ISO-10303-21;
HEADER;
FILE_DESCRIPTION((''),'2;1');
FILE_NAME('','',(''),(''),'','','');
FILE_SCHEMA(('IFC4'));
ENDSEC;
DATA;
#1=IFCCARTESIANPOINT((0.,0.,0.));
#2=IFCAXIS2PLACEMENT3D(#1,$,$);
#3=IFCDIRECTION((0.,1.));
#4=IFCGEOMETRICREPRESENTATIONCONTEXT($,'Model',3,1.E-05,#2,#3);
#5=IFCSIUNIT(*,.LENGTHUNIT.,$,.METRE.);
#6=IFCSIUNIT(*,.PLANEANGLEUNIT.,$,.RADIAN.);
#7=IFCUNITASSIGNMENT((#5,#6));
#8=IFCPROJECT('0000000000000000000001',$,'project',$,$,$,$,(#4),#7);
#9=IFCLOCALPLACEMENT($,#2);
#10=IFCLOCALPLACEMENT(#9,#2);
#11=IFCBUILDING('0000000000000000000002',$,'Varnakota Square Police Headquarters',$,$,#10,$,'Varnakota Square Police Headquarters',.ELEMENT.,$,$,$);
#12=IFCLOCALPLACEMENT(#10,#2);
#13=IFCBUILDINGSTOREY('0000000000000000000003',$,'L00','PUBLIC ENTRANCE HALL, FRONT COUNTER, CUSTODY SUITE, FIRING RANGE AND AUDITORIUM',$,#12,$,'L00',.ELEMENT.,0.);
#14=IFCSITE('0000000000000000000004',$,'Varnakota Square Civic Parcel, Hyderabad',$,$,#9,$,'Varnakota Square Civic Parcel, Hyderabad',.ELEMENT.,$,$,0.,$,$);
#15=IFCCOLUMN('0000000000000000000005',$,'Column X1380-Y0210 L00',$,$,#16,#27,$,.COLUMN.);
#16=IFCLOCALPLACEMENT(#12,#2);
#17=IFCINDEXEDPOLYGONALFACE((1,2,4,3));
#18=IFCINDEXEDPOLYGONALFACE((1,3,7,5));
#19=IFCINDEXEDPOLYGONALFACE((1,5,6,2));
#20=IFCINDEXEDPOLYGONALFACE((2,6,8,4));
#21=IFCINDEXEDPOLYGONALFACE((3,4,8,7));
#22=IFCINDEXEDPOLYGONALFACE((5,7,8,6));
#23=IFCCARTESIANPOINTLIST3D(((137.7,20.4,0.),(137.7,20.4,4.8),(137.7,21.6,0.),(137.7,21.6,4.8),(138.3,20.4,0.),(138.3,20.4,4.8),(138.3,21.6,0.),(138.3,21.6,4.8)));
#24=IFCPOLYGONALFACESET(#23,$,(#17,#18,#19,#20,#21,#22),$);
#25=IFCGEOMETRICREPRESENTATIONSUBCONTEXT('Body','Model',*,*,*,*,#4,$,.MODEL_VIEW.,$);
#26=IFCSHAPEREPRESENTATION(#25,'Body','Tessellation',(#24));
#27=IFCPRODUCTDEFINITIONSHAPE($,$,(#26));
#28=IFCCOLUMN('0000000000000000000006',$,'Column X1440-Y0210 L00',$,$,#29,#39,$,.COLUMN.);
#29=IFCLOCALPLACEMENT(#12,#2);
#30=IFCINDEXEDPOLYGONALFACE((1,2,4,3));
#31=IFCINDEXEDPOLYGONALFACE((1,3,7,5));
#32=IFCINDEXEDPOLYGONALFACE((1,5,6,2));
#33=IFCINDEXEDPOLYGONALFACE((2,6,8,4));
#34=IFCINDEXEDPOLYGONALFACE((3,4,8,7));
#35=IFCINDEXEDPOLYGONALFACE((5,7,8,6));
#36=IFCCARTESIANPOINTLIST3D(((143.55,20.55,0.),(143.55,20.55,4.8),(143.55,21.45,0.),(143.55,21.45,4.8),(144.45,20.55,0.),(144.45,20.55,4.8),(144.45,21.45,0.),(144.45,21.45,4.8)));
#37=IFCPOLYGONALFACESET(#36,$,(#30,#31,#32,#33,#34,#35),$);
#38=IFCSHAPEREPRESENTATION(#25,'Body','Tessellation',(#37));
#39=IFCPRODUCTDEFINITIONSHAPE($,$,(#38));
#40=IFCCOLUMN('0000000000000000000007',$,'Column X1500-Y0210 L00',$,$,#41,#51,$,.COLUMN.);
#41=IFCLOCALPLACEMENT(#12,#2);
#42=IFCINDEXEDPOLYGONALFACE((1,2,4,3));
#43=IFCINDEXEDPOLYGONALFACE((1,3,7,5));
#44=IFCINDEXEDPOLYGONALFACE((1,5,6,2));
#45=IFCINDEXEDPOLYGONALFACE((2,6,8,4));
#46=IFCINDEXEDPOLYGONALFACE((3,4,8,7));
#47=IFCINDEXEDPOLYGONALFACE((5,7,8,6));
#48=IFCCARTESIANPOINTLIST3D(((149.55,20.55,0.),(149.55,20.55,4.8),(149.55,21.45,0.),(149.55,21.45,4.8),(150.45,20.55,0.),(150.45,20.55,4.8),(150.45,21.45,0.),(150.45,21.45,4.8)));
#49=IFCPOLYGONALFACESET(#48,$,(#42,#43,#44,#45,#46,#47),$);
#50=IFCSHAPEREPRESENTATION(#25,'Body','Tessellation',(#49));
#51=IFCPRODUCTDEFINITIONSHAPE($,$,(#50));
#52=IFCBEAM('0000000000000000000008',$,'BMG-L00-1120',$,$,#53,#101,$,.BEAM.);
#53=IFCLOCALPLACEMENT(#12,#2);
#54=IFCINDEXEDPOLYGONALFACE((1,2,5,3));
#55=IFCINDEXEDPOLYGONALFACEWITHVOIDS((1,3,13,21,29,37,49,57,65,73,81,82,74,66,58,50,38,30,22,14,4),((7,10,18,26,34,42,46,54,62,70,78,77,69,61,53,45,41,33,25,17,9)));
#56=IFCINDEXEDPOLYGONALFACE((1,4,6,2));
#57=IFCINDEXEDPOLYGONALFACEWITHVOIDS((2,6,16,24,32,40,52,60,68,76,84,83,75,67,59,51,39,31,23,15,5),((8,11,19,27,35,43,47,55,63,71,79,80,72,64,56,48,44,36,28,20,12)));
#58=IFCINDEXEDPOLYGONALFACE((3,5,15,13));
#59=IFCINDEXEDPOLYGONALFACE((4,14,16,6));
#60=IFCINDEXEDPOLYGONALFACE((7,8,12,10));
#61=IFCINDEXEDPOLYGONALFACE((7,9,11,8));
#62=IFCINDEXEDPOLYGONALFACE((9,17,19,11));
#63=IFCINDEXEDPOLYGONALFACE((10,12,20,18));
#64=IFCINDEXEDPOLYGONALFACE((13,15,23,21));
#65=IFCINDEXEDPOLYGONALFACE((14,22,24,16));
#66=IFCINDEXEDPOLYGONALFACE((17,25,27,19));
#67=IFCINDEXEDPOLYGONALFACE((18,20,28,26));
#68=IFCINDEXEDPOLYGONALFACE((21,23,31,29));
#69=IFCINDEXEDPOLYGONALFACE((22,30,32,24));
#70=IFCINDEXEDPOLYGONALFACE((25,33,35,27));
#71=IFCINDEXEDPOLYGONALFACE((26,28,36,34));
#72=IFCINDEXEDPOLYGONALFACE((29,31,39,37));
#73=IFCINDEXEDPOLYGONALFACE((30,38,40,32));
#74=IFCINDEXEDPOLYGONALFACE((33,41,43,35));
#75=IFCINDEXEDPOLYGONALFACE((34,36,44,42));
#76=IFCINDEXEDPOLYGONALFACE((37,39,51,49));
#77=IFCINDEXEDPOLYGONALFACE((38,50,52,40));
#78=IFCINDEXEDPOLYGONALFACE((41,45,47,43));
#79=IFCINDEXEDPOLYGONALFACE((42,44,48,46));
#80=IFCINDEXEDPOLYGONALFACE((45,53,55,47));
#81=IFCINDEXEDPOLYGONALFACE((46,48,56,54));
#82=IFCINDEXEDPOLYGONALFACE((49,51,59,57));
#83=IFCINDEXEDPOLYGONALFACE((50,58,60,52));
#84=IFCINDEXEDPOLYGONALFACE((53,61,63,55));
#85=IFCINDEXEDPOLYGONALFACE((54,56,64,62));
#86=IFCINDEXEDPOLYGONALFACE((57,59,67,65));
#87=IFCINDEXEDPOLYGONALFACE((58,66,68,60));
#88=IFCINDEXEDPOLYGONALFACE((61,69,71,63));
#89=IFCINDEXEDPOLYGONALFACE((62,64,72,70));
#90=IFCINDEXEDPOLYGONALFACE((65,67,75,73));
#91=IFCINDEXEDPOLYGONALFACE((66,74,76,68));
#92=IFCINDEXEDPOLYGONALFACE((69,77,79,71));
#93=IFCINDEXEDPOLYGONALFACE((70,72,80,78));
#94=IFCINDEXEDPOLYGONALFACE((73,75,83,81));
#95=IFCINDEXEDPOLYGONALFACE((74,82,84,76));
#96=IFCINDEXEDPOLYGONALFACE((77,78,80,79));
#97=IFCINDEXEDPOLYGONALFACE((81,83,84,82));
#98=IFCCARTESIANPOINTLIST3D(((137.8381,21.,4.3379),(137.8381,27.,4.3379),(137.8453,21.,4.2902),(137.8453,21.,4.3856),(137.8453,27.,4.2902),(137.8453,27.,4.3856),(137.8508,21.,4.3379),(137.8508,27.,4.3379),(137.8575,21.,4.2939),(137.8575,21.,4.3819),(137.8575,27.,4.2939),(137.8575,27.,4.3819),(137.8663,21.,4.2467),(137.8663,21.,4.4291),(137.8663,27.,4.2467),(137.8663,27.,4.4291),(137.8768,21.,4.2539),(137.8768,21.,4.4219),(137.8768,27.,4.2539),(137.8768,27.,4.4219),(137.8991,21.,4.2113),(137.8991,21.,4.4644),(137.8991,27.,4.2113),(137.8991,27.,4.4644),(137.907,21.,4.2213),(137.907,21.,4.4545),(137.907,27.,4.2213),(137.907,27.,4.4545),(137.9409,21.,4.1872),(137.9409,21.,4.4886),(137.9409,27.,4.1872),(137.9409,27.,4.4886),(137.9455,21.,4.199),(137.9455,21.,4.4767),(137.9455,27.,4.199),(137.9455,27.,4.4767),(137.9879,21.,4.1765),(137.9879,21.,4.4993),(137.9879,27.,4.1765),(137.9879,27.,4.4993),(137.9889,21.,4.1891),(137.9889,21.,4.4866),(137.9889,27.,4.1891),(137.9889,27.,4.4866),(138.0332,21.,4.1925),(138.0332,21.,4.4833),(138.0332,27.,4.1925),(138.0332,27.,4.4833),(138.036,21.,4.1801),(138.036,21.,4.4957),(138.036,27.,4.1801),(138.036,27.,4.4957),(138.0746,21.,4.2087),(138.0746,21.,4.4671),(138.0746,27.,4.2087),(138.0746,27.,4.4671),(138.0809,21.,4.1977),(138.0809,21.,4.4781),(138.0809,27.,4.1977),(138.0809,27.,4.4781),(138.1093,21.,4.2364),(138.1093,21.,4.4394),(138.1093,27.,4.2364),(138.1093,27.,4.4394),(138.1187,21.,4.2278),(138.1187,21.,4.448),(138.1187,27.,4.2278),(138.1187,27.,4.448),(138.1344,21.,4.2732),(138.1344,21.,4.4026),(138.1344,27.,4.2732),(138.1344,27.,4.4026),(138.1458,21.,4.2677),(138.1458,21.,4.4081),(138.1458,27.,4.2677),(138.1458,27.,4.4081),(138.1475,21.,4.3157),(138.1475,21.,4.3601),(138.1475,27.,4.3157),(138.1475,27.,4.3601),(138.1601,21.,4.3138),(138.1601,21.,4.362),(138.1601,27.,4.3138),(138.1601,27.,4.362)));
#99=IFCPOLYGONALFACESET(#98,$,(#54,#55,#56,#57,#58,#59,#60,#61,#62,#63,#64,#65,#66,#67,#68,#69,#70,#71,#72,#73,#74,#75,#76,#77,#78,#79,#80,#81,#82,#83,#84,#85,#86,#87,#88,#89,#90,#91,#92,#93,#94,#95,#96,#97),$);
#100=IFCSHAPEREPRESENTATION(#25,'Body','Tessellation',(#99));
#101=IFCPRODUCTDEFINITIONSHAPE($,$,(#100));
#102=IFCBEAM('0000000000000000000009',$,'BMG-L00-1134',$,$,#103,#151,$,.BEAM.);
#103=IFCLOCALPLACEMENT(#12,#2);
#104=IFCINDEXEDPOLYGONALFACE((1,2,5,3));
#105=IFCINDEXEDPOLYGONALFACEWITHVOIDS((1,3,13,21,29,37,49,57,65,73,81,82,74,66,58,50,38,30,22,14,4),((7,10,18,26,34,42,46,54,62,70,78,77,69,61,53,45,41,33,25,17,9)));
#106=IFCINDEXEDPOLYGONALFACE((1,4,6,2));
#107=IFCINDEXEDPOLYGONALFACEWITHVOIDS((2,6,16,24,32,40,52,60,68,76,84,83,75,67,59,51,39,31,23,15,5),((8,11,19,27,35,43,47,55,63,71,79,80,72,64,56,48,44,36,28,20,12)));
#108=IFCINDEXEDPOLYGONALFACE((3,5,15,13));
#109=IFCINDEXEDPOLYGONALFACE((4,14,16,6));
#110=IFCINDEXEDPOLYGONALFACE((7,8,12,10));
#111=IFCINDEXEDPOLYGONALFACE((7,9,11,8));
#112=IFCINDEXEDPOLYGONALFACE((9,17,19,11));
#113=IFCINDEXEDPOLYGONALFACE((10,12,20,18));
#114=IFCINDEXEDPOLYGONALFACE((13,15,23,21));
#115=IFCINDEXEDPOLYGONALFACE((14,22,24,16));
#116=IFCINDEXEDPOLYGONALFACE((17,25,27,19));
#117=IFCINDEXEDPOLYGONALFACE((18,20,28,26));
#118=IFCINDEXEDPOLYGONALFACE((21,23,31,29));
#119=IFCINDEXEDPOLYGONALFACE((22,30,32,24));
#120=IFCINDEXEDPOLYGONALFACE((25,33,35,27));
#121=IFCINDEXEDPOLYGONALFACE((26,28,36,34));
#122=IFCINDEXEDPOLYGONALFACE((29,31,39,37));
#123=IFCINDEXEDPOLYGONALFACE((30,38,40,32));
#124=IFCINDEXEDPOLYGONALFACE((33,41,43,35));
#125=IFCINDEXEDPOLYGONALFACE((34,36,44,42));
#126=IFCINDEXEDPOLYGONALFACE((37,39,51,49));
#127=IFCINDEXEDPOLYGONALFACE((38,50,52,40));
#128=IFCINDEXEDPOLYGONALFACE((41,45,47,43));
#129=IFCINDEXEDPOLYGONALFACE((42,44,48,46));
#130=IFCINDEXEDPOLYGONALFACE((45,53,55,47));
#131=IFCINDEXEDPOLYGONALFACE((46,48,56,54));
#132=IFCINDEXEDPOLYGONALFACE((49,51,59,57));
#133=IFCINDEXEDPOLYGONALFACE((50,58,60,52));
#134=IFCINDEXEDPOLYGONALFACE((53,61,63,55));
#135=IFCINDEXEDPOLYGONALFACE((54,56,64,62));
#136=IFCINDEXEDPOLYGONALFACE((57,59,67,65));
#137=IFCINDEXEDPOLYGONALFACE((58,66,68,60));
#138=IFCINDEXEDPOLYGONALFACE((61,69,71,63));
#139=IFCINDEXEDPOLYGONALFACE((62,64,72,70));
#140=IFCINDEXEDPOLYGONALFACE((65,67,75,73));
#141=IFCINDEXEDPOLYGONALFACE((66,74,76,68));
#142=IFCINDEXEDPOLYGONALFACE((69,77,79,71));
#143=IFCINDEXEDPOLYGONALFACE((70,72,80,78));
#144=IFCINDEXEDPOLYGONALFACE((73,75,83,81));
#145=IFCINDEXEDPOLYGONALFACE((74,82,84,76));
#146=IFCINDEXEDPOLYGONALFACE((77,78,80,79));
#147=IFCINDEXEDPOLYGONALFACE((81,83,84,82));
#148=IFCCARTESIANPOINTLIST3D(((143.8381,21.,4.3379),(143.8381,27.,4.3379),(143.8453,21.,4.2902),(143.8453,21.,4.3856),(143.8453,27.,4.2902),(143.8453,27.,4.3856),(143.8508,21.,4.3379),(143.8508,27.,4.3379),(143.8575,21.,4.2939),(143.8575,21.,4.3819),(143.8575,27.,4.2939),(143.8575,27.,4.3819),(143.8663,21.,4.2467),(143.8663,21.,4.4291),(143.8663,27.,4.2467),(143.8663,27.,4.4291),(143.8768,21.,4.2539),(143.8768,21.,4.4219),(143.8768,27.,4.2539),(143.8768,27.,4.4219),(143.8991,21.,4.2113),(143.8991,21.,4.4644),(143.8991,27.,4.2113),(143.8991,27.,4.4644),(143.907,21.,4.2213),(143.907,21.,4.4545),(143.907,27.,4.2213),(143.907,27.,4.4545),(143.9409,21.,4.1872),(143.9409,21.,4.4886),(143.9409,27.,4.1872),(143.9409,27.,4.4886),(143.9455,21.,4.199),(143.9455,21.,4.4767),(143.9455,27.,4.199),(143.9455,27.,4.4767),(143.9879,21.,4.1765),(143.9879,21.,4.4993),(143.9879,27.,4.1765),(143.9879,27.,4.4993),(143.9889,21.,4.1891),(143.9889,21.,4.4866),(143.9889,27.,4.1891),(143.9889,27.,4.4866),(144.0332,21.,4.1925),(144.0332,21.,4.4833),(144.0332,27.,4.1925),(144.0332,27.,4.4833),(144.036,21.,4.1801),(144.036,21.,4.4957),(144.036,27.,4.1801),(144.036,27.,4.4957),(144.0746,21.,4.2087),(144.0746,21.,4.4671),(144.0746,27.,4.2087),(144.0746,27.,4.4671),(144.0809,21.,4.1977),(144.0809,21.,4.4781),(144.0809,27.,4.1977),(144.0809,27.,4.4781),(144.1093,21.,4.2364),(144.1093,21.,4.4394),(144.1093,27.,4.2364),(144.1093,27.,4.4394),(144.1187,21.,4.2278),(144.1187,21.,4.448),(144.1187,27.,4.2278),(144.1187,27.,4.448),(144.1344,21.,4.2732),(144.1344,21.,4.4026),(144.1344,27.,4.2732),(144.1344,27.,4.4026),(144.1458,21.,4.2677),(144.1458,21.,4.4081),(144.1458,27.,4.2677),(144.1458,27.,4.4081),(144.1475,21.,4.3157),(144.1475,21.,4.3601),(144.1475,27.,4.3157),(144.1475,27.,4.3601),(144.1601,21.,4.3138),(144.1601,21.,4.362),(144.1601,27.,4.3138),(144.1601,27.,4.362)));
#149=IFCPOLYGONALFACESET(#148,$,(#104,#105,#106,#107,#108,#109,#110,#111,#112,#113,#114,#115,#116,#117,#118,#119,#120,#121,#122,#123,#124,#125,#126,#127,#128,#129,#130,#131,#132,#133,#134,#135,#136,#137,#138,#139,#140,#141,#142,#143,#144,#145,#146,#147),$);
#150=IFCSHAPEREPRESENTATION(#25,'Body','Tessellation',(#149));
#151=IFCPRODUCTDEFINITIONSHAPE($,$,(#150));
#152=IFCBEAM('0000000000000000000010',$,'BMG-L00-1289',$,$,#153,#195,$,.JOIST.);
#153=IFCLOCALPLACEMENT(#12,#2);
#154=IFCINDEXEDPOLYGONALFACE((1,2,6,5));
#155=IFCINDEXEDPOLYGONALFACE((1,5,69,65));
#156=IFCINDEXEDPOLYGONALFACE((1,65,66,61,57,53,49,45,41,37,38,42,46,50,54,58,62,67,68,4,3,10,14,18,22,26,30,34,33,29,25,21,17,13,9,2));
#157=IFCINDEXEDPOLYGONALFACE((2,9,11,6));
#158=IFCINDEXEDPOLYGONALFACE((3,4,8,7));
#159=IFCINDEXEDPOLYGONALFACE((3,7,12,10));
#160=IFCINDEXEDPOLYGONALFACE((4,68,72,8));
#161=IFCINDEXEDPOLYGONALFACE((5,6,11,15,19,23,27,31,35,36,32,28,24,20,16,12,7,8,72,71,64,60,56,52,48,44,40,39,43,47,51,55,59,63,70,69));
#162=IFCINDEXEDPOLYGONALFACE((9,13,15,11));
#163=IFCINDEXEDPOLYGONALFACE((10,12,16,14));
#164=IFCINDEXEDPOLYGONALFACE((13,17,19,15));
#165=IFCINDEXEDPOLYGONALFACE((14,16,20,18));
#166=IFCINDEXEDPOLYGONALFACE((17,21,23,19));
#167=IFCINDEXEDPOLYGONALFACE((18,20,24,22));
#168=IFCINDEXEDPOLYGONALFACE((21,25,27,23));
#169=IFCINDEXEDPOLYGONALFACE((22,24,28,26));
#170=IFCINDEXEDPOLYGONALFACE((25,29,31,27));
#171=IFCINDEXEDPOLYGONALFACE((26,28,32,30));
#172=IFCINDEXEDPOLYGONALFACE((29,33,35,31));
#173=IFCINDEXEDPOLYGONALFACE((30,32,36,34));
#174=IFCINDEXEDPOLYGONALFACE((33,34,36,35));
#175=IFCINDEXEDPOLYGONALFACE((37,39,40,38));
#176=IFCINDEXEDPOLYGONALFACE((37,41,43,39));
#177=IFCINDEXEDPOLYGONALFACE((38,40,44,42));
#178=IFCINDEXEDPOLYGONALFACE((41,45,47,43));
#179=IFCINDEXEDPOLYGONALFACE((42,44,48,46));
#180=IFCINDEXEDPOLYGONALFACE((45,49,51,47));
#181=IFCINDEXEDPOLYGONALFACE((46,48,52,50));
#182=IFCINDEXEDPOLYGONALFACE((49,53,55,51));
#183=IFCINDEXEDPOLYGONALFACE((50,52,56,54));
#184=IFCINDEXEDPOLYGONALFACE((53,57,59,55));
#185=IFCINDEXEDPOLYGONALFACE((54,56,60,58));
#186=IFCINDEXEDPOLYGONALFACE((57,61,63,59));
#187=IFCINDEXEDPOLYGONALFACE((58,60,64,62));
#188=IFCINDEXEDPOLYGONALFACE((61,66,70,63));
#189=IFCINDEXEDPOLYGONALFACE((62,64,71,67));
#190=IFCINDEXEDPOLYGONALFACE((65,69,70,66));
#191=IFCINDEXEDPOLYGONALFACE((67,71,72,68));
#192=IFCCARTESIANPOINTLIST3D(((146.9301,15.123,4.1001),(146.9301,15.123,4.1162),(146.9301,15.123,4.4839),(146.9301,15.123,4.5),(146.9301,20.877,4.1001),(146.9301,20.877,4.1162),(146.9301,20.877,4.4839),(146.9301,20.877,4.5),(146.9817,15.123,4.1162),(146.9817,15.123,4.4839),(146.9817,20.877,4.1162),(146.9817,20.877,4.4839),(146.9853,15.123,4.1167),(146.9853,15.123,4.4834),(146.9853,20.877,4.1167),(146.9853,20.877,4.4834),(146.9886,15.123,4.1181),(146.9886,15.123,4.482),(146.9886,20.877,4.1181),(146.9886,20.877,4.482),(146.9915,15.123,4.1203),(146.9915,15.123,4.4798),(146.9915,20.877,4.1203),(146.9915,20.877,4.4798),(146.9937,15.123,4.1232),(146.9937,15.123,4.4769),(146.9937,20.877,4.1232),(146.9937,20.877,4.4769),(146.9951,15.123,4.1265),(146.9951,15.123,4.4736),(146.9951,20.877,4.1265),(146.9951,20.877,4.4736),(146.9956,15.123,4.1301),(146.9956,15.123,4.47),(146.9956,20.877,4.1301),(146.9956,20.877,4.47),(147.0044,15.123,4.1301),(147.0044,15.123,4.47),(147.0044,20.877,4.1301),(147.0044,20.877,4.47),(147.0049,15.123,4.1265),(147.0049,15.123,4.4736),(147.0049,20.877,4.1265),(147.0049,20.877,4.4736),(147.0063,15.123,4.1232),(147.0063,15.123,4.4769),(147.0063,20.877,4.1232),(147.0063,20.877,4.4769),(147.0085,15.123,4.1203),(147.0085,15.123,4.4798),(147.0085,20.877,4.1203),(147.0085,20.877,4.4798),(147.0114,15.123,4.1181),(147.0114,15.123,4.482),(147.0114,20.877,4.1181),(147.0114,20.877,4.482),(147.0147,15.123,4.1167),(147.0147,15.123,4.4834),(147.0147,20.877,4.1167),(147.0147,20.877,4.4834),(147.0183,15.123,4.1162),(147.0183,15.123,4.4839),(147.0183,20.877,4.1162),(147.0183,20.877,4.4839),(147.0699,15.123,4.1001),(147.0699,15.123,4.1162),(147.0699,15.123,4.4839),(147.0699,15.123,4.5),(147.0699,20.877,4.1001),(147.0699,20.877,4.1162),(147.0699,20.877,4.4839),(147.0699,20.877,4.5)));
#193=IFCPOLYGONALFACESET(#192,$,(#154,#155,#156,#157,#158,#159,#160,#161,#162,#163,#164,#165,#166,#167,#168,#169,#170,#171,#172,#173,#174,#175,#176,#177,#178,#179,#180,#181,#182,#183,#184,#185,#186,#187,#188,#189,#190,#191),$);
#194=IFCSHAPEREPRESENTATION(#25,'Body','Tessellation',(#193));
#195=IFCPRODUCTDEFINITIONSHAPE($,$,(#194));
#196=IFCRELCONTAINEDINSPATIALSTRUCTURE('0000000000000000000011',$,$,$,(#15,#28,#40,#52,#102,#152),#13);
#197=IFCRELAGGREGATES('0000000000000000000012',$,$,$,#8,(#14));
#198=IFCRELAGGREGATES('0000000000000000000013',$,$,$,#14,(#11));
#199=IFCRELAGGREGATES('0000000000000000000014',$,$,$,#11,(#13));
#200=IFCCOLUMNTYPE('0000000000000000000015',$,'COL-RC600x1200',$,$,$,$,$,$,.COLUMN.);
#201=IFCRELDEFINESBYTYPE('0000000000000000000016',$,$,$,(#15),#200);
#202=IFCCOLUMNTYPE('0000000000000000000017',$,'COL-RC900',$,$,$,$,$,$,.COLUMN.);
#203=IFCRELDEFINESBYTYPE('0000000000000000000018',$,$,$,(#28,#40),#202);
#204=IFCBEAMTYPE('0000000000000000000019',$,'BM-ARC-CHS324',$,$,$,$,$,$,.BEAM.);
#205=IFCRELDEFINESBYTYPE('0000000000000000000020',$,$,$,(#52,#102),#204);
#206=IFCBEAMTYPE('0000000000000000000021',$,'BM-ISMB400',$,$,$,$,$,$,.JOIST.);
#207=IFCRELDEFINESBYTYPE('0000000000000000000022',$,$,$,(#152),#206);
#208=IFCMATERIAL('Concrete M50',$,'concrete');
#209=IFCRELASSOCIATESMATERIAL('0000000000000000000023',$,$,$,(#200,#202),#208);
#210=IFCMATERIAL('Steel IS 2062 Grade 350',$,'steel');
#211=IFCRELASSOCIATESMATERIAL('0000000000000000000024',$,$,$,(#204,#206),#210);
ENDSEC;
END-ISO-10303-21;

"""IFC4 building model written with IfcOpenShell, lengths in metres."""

from ifc_helpers import new_model, si_unit, direction, frame, origin, origin_2d, place, context, subcontext, project, spatial, rectangle, hollow_circle, i_section, extrude, material, material_profile, profile_set, type_object, element, save


model = new_model("IFC4")

# Units and contexts
model_context = context("Model", 3, precision=1e-05, world=origin(), true_north=direction((0.0, 1.0)))
body_context = subcontext(model_context, "Body", "Model", "MODEL_VIEW")
ifc_project = project(units=[si_unit("LENGTHUNIT", "METRE"), si_unit("PLANEANGLEUNIT", "RADIAN")], contexts=[model_context])

# Site, building, storey
site_placement = place(None, origin())
site = spatial("IfcSite", under=ifc_project, at=site_placement, Name="Varnakota Square Civic Parcel, Hyderabad", LongName="Varnakota Square Civic Parcel, Hyderabad", CompositionType="ELEMENT", RefElevation=0.0)
building_placement = place(site_placement, origin())
building = spatial("IfcBuilding", under=site, at=building_placement, Name="Varnakota Square Police Headquarters", LongName="Varnakota Square Police Headquarters", CompositionType="ELEMENT")
storey_placement = place(building_placement, origin())
storey = spatial("IfcBuildingStorey", under=building, at=storey_placement, Name="L00", Description="PUBLIC ENTRANCE HALL, FRONT COUNTER, CUSTODY SUITE, FIRING RANGE AND AUDITORIUM", LongName="L00", CompositionType="ELEMENT", Elevation=0.0)

# Columns
ifc_material_1 = material(Name="Concrete M50", Category="concrete")
ifc_material_profile_1 = material_profile(ifc_material_1, rectangle(XDim=0.6001, YDim=1.2, at=origin_2d()), Name="RC 600x1200")
ifc_profile_set_1 = profile_set([ifc_material_profile_1], Name="Concrete M50")
column_type_1 = type_object("IfcColumnType", Name="COL-RC600x1200", PredefinedType="COLUMN", material=ifc_profile_set_1)
column_placement = place(storey_placement, frame((138.0, 21.0, 0.0), z_axis=(0.0, 0.0, 1.0), x_axis=(1.0, 0.0, 0.0)))
element("IfcColumn", 1, at=column_placement, inside=storey, type_object=column_type_1, Name="Column X1380-Y0210 L00", PredefinedType="COLUMN", context=body_context, shape_type="SweptSolid", body=[
    extrude(rectangle(XDim=0.6001, YDim=1.2, at=origin_2d()), origin(), (0.0, 0.0, 1.0), 4.8),
])
ifc_material_profile_2 = material_profile(ifc_material_1, rectangle(XDim=0.8999, YDim=0.8999, at=origin_2d()), Name="RC 900x900")
ifc_profile_set_2 = profile_set([ifc_material_profile_2], Name="Concrete M50")
column_type_2 = type_object("IfcColumnType", Name="COL-RC900", PredefinedType="COLUMN", material=ifc_profile_set_2)
for number, where, z_axis, x_axis, name in (
    (2, (144.0, 21.0, 0.0), (0.0, 0.0, 1.0), (1.0, 0.0, 0.0), "Column X1440-Y0210 L00"),
    (3, (150.0, 21.0, 0.0), (0.0, 0.0, 1.0), (1.0, 0.0, 0.0), "Column X1500-Y0210 L00"),
):
    element("IfcColumn", number, at=place(storey_placement, frame(where, z_axis=z_axis, x_axis=x_axis)), inside=storey, type_object=column_type_2, Name=name, PredefinedType="COLUMN", context=body_context, shape_type="SweptSolid", body=[
        extrude(rectangle(XDim=0.8999, YDim=0.8999, at=origin_2d()), origin(), (0.0, 0.0, 1.0), 4.8),
    ])

# Beams
ifc_material_2 = material(Name="Steel IS 2062 Grade 350", Category="steel")
ifc_material_profile_3 = material_profile(ifc_material_2, hollow_circle(Radius=0.1619, WallThickness=0.0127, at=origin_2d()), Name="CHS 323.9x12.7")
ifc_profile_set_3 = profile_set([ifc_material_profile_3], Name="Steel IS 2062 Grade 350")
beam_type_1 = type_object("IfcBeamType", Name="BM-ARC-CHS324", PredefinedType="BEAM", material=ifc_profile_set_3)
for number, where, z_axis, x_axis, name in (
    (4, (138.0, 21.0, 4.3379), (0.0, 1.0, 0.0), (-1.0, 0.0, 0.0), "BMG-L00-1120"),
    (5, (144.0, 21.0, 4.3379), (0.0, 1.0, 0.0), (-1.0, 0.0, 0.0), "BMG-L00-1134"),
):
    element("IfcBeam", number, at=place(storey_placement, frame(where, z_axis=z_axis, x_axis=x_axis)), inside=storey, type_object=beam_type_1, Name=name, PredefinedType="BEAM", context=body_context, shape_type="SweptSolid", body=[
        extrude(hollow_circle(Radius=0.1619, WallThickness=0.0127, at=origin_2d()), origin(), (0.0, 0.0, 1.0), 6.0),
    ])
ifc_material_profile_4 = material_profile(ifc_material_2, i_section(OverallWidth=0.1399, OverallDepth=0.3999, WebThickness=0.0088, FlangeThickness=0.0161, FilletRadius=0.0139, at=origin_2d()), Name="ISMB 400")
ifc_profile_set_4 = profile_set([ifc_material_profile_4], Name="Steel IS 2062 Grade 350")
beam_type_2 = type_object("IfcBeamType", Name="BM-ISMB400", PredefinedType="JOIST", material=ifc_profile_set_4)
beam_1_placement = place(storey_placement, frame((147.0, 15.123, 4.3), z_axis=(0.0, 1.0, 0.0), x_axis=(-1.0, 0.0, 0.0)))
element("IfcBeam", 6, at=beam_1_placement, inside=storey, type_object=beam_type_2, Name="BMG-L00-1289", PredefinedType="JOIST", context=body_context, shape_type="SweptSolid", body=[
    extrude(i_section(OverallWidth=0.1399, OverallDepth=0.3999, WebThickness=0.0088, FlangeThickness=0.0161, FilletRadius=0.0139, at=origin_2d()), origin(), (0.0, 0.0, 1.0), 5.7539),
])

save(model, "model.ifc")
